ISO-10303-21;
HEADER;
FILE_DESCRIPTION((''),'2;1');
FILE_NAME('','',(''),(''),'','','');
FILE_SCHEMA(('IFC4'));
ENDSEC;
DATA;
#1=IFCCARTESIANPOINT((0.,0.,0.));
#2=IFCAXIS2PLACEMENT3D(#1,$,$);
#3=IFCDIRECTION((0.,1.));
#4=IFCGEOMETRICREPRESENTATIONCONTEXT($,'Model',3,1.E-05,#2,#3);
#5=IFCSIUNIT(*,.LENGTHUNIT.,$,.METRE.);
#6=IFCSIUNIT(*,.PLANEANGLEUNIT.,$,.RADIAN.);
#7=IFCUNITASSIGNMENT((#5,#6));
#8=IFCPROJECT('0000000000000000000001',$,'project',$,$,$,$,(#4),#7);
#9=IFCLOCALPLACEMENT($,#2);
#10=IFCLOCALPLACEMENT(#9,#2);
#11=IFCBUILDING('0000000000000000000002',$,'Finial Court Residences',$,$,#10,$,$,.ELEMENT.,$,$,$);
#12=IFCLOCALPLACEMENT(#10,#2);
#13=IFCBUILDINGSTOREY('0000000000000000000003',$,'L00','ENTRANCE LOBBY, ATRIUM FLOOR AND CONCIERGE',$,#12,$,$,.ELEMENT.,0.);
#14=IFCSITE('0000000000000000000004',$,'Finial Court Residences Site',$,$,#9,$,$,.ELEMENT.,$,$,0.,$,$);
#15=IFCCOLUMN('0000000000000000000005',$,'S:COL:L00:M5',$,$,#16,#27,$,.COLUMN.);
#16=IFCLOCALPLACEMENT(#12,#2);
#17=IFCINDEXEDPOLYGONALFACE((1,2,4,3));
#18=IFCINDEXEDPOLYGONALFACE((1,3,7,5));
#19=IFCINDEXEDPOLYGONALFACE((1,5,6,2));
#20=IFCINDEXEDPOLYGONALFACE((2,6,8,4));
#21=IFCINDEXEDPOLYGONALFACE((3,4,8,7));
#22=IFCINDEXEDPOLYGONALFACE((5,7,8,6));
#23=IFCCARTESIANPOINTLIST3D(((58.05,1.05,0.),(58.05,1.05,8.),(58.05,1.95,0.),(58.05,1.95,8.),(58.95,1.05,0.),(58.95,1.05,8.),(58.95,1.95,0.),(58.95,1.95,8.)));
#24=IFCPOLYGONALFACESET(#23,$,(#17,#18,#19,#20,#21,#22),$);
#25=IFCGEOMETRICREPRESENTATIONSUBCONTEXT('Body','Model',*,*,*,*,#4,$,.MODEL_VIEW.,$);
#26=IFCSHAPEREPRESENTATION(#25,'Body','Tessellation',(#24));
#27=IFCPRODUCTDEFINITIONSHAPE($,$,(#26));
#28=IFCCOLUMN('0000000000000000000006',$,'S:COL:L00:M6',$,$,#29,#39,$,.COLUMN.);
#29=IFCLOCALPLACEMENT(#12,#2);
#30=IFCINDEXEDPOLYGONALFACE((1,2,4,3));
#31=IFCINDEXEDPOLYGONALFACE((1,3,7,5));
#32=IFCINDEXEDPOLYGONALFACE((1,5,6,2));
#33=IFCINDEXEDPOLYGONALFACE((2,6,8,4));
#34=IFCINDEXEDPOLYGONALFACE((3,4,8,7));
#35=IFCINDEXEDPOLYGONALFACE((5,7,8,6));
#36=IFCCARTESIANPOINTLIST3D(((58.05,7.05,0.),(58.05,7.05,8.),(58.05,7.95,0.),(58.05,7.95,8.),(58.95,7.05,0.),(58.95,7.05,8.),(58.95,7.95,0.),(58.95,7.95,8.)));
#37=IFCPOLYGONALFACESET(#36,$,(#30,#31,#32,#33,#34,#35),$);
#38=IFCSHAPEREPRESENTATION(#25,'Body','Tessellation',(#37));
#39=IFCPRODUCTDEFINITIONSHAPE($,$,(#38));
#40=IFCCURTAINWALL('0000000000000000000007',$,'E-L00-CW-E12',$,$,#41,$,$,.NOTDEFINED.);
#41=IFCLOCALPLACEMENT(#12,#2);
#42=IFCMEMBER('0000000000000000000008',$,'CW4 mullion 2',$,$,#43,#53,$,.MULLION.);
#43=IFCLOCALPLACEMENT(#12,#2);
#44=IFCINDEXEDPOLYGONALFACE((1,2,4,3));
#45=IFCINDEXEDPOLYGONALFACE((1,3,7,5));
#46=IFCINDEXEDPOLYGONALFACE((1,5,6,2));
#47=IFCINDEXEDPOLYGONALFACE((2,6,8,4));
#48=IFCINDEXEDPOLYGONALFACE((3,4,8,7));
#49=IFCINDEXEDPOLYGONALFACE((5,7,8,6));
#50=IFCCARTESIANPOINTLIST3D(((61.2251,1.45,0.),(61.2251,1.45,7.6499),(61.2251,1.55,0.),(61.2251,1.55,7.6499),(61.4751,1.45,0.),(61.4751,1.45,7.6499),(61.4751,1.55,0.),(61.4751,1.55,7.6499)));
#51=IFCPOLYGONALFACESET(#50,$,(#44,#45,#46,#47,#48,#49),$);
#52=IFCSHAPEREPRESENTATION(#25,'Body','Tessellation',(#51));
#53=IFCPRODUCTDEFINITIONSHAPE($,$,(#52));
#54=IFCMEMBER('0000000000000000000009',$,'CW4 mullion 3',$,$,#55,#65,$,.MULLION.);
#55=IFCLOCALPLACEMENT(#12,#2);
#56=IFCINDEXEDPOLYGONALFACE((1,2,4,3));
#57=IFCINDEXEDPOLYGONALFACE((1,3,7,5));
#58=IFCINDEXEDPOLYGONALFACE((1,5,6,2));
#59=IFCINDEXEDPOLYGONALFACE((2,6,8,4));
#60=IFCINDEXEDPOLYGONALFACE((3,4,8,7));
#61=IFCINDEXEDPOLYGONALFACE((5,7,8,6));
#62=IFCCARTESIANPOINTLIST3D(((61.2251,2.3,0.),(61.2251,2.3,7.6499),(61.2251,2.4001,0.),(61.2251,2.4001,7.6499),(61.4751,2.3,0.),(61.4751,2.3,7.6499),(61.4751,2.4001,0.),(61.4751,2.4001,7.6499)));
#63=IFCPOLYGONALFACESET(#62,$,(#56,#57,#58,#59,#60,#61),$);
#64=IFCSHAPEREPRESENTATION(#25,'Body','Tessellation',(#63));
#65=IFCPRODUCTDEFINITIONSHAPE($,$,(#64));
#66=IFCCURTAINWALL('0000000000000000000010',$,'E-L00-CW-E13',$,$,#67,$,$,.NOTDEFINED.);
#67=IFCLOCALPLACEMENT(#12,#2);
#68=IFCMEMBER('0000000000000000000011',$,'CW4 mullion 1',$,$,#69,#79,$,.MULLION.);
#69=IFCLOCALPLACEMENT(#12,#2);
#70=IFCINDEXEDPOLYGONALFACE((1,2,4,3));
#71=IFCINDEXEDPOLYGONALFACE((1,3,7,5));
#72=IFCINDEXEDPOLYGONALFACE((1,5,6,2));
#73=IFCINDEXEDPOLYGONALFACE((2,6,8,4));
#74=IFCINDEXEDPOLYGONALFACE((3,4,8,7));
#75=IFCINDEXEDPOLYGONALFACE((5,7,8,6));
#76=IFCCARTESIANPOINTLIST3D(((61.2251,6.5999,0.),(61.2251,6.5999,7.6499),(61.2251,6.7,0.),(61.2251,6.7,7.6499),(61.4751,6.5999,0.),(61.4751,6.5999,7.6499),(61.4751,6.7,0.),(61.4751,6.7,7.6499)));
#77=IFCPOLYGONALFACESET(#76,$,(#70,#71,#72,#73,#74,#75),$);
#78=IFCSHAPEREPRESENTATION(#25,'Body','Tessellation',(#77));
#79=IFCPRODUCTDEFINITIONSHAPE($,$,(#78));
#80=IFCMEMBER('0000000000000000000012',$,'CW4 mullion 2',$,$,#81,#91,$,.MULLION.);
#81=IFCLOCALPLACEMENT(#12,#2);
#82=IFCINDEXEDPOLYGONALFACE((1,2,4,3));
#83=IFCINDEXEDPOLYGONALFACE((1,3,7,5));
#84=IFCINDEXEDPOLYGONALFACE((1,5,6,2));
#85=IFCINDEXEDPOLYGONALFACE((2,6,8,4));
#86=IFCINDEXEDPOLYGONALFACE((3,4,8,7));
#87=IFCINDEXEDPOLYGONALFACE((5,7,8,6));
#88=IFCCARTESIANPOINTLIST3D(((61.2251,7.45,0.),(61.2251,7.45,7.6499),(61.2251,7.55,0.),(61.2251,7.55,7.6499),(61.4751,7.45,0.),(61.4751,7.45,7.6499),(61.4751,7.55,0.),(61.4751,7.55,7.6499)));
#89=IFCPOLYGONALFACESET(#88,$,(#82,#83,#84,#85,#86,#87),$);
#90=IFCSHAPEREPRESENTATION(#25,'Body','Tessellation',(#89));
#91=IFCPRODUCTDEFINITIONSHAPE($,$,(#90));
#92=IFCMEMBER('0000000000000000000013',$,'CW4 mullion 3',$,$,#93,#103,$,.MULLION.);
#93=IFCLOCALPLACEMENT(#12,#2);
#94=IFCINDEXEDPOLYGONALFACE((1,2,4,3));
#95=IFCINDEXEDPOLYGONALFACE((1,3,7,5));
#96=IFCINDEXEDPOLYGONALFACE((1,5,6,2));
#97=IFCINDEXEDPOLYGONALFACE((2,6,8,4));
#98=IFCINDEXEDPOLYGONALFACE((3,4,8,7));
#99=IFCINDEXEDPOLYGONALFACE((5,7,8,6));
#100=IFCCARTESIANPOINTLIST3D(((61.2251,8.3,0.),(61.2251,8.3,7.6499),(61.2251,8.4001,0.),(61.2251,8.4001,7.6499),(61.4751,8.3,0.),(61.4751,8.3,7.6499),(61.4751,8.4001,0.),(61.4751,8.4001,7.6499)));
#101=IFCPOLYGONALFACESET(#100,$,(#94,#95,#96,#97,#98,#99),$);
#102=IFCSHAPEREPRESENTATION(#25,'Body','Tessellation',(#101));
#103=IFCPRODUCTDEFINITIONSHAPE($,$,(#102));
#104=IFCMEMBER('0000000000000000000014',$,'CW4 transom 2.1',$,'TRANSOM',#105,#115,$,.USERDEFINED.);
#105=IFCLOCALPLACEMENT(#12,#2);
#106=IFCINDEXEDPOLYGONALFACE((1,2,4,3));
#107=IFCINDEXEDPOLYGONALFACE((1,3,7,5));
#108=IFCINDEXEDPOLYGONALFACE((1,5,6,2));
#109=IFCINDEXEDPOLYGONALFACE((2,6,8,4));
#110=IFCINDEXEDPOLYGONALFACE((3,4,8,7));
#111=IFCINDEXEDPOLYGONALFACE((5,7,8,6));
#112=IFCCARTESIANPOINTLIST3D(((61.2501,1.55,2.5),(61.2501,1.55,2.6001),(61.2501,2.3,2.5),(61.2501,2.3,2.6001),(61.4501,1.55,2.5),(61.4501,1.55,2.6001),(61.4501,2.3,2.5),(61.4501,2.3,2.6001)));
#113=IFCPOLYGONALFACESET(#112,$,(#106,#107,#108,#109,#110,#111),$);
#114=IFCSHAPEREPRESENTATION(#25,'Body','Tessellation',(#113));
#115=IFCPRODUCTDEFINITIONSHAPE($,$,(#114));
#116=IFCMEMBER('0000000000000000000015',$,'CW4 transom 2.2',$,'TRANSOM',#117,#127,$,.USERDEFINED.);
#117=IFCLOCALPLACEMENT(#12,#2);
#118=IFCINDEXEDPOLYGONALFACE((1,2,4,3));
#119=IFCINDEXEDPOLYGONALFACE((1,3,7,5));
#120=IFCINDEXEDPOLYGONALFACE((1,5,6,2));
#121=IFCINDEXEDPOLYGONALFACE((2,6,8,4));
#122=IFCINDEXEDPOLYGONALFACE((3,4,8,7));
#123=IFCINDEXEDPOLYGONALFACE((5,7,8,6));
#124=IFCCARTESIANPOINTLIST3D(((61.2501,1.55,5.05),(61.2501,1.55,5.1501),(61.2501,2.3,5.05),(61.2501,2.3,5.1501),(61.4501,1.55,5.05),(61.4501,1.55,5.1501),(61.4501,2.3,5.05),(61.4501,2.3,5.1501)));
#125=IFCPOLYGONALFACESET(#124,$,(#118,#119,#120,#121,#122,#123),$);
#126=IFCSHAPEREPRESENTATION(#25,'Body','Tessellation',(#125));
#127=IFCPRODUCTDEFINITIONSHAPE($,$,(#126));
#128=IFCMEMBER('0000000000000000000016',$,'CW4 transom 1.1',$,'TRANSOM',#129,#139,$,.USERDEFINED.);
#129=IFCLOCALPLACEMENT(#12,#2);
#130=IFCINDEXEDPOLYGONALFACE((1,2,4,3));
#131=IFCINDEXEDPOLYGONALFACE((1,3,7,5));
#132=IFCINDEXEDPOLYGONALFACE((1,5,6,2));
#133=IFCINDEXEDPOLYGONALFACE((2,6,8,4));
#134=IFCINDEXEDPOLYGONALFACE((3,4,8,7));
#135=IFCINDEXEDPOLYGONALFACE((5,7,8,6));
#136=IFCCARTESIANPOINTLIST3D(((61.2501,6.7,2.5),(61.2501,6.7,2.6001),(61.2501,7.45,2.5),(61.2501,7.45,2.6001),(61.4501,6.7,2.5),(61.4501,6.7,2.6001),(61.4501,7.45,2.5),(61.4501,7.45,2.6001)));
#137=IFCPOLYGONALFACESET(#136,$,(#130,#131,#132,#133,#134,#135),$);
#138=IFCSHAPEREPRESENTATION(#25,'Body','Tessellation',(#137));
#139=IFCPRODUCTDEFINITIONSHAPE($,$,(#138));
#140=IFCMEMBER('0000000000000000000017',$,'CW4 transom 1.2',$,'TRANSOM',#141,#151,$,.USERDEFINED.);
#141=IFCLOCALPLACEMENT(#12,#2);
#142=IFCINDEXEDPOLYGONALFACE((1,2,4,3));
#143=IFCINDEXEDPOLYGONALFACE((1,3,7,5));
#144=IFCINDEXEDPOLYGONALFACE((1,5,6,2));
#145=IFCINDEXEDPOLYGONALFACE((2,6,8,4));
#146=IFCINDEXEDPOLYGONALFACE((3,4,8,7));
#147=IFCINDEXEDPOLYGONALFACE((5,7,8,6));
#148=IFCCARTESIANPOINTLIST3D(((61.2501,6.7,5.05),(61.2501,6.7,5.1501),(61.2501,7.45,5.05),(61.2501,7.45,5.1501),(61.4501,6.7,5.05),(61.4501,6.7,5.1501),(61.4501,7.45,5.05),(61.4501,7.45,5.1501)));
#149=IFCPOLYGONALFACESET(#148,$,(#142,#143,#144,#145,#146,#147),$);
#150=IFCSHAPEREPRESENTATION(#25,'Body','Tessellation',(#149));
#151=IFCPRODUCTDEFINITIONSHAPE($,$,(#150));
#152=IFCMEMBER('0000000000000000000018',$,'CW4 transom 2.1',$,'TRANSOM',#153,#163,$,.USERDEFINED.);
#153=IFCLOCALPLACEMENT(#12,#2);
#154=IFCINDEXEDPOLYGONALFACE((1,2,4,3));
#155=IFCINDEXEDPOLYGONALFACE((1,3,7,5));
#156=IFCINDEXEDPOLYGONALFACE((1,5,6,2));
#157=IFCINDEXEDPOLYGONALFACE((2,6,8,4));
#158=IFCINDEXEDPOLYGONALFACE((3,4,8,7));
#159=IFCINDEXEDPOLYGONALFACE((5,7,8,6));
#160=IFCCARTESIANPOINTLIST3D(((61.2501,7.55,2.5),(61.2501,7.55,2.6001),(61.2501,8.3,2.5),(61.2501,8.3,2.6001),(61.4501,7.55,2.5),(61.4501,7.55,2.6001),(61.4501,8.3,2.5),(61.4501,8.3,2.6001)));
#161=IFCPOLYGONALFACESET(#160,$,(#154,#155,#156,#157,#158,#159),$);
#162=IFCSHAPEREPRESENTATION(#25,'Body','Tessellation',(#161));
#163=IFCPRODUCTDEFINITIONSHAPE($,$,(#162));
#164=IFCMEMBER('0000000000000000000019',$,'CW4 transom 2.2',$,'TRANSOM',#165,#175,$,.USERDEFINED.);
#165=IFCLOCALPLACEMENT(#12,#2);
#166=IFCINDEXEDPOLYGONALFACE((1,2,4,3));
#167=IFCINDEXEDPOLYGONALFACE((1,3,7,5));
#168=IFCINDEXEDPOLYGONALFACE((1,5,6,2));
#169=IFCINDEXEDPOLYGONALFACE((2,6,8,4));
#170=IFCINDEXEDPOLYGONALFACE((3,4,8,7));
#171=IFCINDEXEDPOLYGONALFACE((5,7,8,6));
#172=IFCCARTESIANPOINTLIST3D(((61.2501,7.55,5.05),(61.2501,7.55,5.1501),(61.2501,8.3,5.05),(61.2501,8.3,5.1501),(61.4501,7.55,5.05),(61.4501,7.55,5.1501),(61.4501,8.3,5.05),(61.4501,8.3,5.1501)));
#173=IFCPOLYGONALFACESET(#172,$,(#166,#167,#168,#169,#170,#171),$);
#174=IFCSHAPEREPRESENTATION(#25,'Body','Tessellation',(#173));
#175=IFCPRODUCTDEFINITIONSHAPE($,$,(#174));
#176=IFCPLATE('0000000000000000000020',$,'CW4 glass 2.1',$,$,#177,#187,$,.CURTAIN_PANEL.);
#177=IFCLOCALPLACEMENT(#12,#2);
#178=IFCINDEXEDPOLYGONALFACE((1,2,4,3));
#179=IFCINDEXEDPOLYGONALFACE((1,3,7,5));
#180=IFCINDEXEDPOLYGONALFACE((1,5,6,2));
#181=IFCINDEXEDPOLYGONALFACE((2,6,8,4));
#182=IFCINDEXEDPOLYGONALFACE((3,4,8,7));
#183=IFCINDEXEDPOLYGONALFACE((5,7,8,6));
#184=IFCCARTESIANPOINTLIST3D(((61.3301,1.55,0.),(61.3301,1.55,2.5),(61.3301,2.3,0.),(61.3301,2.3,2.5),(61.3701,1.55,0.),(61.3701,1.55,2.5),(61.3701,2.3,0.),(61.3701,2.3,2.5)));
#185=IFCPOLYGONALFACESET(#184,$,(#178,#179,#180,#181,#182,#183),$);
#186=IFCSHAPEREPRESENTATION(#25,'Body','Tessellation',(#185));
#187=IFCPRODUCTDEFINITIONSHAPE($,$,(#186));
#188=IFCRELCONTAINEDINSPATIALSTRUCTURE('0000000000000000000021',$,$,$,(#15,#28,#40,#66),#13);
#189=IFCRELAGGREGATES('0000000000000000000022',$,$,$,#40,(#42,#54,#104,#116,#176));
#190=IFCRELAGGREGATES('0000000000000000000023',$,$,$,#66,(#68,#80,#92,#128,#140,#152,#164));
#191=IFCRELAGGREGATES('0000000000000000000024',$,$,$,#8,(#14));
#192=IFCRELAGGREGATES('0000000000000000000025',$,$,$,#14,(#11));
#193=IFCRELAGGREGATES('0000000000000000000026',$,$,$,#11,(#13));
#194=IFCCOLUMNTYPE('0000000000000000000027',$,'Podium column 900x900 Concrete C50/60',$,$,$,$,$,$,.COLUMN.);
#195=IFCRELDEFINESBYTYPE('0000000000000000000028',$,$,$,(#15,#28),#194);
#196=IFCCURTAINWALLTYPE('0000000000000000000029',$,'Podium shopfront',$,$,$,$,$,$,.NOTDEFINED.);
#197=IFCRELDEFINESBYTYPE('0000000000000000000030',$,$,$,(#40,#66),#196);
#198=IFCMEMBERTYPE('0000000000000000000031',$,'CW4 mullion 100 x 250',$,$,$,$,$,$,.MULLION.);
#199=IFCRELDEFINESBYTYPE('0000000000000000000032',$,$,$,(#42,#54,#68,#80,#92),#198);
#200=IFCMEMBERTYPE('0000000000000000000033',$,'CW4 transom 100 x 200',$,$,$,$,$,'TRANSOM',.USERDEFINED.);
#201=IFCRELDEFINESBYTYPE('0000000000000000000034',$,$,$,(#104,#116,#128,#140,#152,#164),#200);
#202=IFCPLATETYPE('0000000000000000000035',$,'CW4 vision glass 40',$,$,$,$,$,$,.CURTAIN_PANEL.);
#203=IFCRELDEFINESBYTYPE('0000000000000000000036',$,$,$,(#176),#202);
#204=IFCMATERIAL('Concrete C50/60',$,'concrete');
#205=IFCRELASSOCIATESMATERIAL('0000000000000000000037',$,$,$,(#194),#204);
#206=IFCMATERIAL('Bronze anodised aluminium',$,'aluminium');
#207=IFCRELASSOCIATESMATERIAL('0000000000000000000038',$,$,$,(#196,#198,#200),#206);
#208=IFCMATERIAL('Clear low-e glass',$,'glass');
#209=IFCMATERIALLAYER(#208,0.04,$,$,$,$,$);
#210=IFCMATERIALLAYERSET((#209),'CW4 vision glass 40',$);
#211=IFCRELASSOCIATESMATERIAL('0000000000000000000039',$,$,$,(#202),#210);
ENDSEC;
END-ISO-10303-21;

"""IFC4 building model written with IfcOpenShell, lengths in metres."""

from ifc_helpers import new_model, si_unit, direction, frame, origin, origin_2d, place, context, subcontext, project, spatial, rectangle, extrude, material, layer, layer_set, material_profile, profile_set, type_object, element, aggregate, save


model = new_model("IFC4")

# Units and contexts
model_context = context("Model", 3, precision=1e-05, world=origin(), true_north=direction((0.0, 1.0)))
body_context = subcontext(model_context, "Body", "Model", "MODEL_VIEW")
ifc_project = project(units=[si_unit("LENGTHUNIT", "METRE"), si_unit("PLANEANGLEUNIT", "RADIAN")], contexts=[model_context])

# Site, building, storey
site_placement = place(None, origin())
site = spatial("IfcSite", under=ifc_project, at=site_placement, Name="Finial Court Residences Site", CompositionType="ELEMENT", RefElevation=0.0)
building_placement = place(site_placement, origin())
building = spatial("IfcBuilding", under=site, at=building_placement, Name="Finial Court Residences", CompositionType="ELEMENT")
storey_placement = place(building_placement, origin())
storey = spatial("IfcBuildingStorey", under=building, at=storey_placement, Name="L00", Description="ENTRANCE LOBBY, ATRIUM FLOOR AND CONCIERGE", CompositionType="ELEMENT", Elevation=0.0)

# Columns
ifc_material_1 = material(Name="Concrete C50/60", Category="concrete")
ifc_material_profile_1 = material_profile(ifc_material_1, rectangle(XDim=0.8999, YDim=0.8999, at=origin_2d()), Name="900x900")
ifc_profile_set_1 = profile_set([ifc_material_profile_1], Name="Concrete C50/60")
column_type = type_object("IfcColumnType", Name="Podium column 900x900 Concrete C50/60", PredefinedType="COLUMN", material=ifc_profile_set_1)
for number, where, z_axis, x_axis, name in (
    (1, (58.5, 1.5, 0.0), (0.0, 0.0, 1.0), (1.0, 0.0, 0.0), "S:COL:L00:M5"),
    (2, (58.5, 7.5, 0.0), (0.0, 0.0, 1.0), (1.0, 0.0, 0.0), "S:COL:L00:M6"),
):
    element("IfcColumn", number, at=place(storey_placement, frame(where, z_axis=z_axis, x_axis=x_axis)), inside=storey, type_object=column_type, Name=name, PredefinedType="COLUMN", context=body_context, shape_type="SweptSolid", body=[
        extrude(rectangle(XDim=0.8999, YDim=0.8999, at=origin_2d()), origin(), (0.0, 0.0, 1.0), 8.0),
    ])

# Curtain walls, members
ifc_material_2 = material(Name="Bronze anodised aluminium", Category="aluminium")
curtain_wall_type = type_object("IfcCurtainWallType", Name="Podium shopfront", PredefinedType="NOTDEFINED", material=ifc_material_2)
curtain_wall_1_placement = place(storey_placement, origin())
curtain_wall_1 = element("IfcCurtainWall", 3, at=curtain_wall_1_placement, inside=storey, type_object=curtain_wall_type, Name="E-L00-CW-E12", PredefinedType="NOTDEFINED")
ifc_material_profile_2 = material_profile(ifc_material_2, rectangle(XDim=0.25, YDim=0.1001, at=origin_2d()), Name="CW4 mullion 100 x 250")
ifc_profile_set_2 = profile_set([ifc_material_profile_2], Name="Bronze anodised aluminium")
member_type_1 = type_object("IfcMemberType", Name="CW4 mullion 100 x 250", PredefinedType="MULLION", material=ifc_profile_set_2)
member_1_placement = place(storey_placement, frame((61.3501, 1.5, 0.0), z_axis=(0.0, 0.0, 1.0), x_axis=(-1.0, 0.0, 0.0)))
member_1 = element("IfcMember", 4, at=member_1_placement, type_object=member_type_1, Name="CW4 mullion 2", PredefinedType="MULLION", context=body_context, shape_type="SweptSolid", body=[
    extrude(rectangle(XDim=0.25, YDim=0.1001, at=origin_2d()), origin(), (0.0, 0.0, 1.0), 7.6499),
])
member_2_placement = place(storey_placement, frame((61.3501, 2.3501, 0.0), z_axis=(0.0, 0.0, 1.0), x_axis=(-1.0, 0.0, 0.0)))
member_2 = element("IfcMember", 5, at=member_2_placement, type_object=member_type_1, Name="CW4 mullion 3", PredefinedType="MULLION", context=body_context, shape_type="SweptSolid", body=[
    extrude(rectangle(XDim=0.25, YDim=0.1001, at=origin_2d()), origin(), (0.0, 0.0, 1.0), 7.6499),
])
curtain_wall_2_placement = place(storey_placement, origin())
curtain_wall_2 = element("IfcCurtainWall", 6, at=curtain_wall_2_placement, inside=storey, type_object=curtain_wall_type, Name="E-L00-CW-E13", PredefinedType="NOTDEFINED")
member_3_placement = place(storey_placement, frame((61.3501, 6.6499, 0.0), z_axis=(0.0, 0.0, 1.0), x_axis=(-1.0, 0.0, 0.0)))
member_3 = element("IfcMember", 7, at=member_3_placement, type_object=member_type_1, Name="CW4 mullion 1", PredefinedType="MULLION", context=body_context, shape_type="SweptSolid", body=[
    extrude(rectangle(XDim=0.25, YDim=0.1001, at=origin_2d()), origin(), (0.0, 0.0, 1.0), 7.6499),
])
member_4_placement = place(storey_placement, frame((61.3501, 7.5, 0.0), z_axis=(0.0, 0.0, 1.0), x_axis=(-1.0, 0.0, 0.0)))
member_4 = element("IfcMember", 8, at=member_4_placement, type_object=member_type_1, Name="CW4 mullion 2", PredefinedType="MULLION", context=body_context, shape_type="SweptSolid", body=[
    extrude(rectangle(XDim=0.25, YDim=0.1001, at=origin_2d()), origin(), (0.0, 0.0, 1.0), 7.6499),
])
member_5_placement = place(storey_placement, frame((61.3501, 8.3501, 0.0), z_axis=(0.0, 0.0, 1.0), x_axis=(-1.0, 0.0, 0.0)))
member_5 = element("IfcMember", 9, at=member_5_placement, type_object=member_type_1, Name="CW4 mullion 3", PredefinedType="MULLION", context=body_context, shape_type="SweptSolid", body=[
    extrude(rectangle(XDim=0.25, YDim=0.1001, at=origin_2d()), origin(), (0.0, 0.0, 1.0), 7.6499),
])

# Members
ifc_material_profile_3 = material_profile(ifc_material_2, rectangle(XDim=0.2, YDim=0.1001, at=origin_2d()), Name="CW4 transom 100 x 200")
ifc_profile_set_3 = profile_set([ifc_material_profile_3], Name="Bronze anodised aluminium")
member_type_2 = type_object("IfcMemberType", Name="CW4 transom 100 x 200", ElementType="TRANSOM", PredefinedType="USERDEFINED", material=ifc_profile_set_3)
member_6_placement = place(storey_placement, frame((61.3501, 1.55, 2.55), z_axis=(0.0, 1.0, 0.0), x_axis=(-1.0, 0.0, 0.0)))
member_6 = element("IfcMember", 10, at=member_6_placement, type_object=member_type_2, Name="CW4 transom 2.1", ObjectType="TRANSOM", PredefinedType="USERDEFINED", context=body_context, shape_type="SweptSolid", body=[
    extrude(rectangle(XDim=0.2, YDim=0.1001, at=origin_2d()), origin(), (0.0, 0.0, 1.0), 0.75),
])
member_7_placement = place(storey_placement, frame((61.3501, 1.55, 5.1001), z_axis=(0.0, 1.0, 0.0), x_axis=(-1.0, 0.0, 0.0)))
member_7 = element("IfcMember", 11, at=member_7_placement, type_object=member_type_2, Name="CW4 transom 2.2", ObjectType="TRANSOM", PredefinedType="USERDEFINED", context=body_context, shape_type="SweptSolid", body=[
    extrude(rectangle(XDim=0.2, YDim=0.1001, at=origin_2d()), origin(), (0.0, 0.0, 1.0), 0.75),
])
member_8_placement = place(storey_placement, frame((61.3501, 6.7, 2.55), z_axis=(0.0, 1.0, 0.0), x_axis=(-1.0, 0.0, 0.0)))
member_8 = element("IfcMember", 12, at=member_8_placement, type_object=member_type_2, Name="CW4 transom 1.1", ObjectType="TRANSOM", PredefinedType="USERDEFINED", context=body_context, shape_type="SweptSolid", body=[
    extrude(rectangle(XDim=0.2, YDim=0.1001, at=origin_2d()), origin(), (0.0, 0.0, 1.0), 0.75),
])
member_9_placement = place(storey_placement, frame((61.3501, 6.7, 5.1001), z_axis=(0.0, 1.0, 0.0), x_axis=(-1.0, 0.0, 0.0)))
member_9 = element("IfcMember", 13, at=member_9_placement, type_object=member_type_2, Name="CW4 transom 1.2", ObjectType="TRANSOM", PredefinedType="USERDEFINED", context=body_context, shape_type="SweptSolid", body=[
    extrude(rectangle(XDim=0.2, YDim=0.1001, at=origin_2d()), origin(), (0.0, 0.0, 1.0), 0.75),
])
member_10_placement = place(storey_placement, frame((61.3501, 7.55, 2.55), z_axis=(0.0, 1.0, 0.0), x_axis=(-1.0, 0.0, 0.0)))
member_10 = element("IfcMember", 14, at=member_10_placement, type_object=member_type_2, Name="CW4 transom 2.1", ObjectType="TRANSOM", PredefinedType="USERDEFINED", context=body_context, shape_type="SweptSolid", body=[
    extrude(rectangle(XDim=0.2, YDim=0.1001, at=origin_2d()), origin(), (0.0, 0.0, 1.0), 0.75),
])
member_11_placement = place(storey_placement, frame((61.3501, 7.55, 5.1001), z_axis=(0.0, 1.0, 0.0), x_axis=(-1.0, 0.0, 0.0)))
member_11 = element("IfcMember", 15, at=member_11_placement, type_object=member_type_2, Name="CW4 transom 2.2", ObjectType="TRANSOM", PredefinedType="USERDEFINED", context=body_context, shape_type="SweptSolid", body=[
    extrude(rectangle(XDim=0.2, YDim=0.1001, at=origin_2d()), origin(), (0.0, 0.0, 1.0), 0.75),
])

# Plate
ifc_material_3 = material(Name="Clear low-e glass", Category="glass")
ifc_layer_1 = layer(ifc_material_3, 0.04)
ifc_layer_set_1 = layer_set([ifc_layer_1], Name="CW4 vision glass 40")
plate_type = type_object("IfcPlateType", Name="CW4 vision glass 40", PredefinedType="CURTAIN_PANEL", material=ifc_layer_set_1)
plate_1_placement = place(storey_placement, frame((61.3501, 1.925, 0.0), z_axis=(0.0, 0.0, 1.0), x_axis=(0.0, 1.0, 0.0)))
plate_1 = element("IfcPlate", 16, at=plate_1_placement, type_object=plate_type, Name="CW4 glass 2.1", PredefinedType="CURTAIN_PANEL", context=body_context, shape_type="SweptSolid", body=[
    extrude(rectangle(XDim=0.75, YDim=0.04, at=origin_2d()), origin(), (0.0, 0.0, 1.0), 2.5),
])
aggregate(curtain_wall_1, [member_1, member_2, member_6, member_7, plate_1])
aggregate(curtain_wall_2, [member_3, member_4, member_5, member_8, member_9, member_10, member_11])

save(model, "model.ifc")
